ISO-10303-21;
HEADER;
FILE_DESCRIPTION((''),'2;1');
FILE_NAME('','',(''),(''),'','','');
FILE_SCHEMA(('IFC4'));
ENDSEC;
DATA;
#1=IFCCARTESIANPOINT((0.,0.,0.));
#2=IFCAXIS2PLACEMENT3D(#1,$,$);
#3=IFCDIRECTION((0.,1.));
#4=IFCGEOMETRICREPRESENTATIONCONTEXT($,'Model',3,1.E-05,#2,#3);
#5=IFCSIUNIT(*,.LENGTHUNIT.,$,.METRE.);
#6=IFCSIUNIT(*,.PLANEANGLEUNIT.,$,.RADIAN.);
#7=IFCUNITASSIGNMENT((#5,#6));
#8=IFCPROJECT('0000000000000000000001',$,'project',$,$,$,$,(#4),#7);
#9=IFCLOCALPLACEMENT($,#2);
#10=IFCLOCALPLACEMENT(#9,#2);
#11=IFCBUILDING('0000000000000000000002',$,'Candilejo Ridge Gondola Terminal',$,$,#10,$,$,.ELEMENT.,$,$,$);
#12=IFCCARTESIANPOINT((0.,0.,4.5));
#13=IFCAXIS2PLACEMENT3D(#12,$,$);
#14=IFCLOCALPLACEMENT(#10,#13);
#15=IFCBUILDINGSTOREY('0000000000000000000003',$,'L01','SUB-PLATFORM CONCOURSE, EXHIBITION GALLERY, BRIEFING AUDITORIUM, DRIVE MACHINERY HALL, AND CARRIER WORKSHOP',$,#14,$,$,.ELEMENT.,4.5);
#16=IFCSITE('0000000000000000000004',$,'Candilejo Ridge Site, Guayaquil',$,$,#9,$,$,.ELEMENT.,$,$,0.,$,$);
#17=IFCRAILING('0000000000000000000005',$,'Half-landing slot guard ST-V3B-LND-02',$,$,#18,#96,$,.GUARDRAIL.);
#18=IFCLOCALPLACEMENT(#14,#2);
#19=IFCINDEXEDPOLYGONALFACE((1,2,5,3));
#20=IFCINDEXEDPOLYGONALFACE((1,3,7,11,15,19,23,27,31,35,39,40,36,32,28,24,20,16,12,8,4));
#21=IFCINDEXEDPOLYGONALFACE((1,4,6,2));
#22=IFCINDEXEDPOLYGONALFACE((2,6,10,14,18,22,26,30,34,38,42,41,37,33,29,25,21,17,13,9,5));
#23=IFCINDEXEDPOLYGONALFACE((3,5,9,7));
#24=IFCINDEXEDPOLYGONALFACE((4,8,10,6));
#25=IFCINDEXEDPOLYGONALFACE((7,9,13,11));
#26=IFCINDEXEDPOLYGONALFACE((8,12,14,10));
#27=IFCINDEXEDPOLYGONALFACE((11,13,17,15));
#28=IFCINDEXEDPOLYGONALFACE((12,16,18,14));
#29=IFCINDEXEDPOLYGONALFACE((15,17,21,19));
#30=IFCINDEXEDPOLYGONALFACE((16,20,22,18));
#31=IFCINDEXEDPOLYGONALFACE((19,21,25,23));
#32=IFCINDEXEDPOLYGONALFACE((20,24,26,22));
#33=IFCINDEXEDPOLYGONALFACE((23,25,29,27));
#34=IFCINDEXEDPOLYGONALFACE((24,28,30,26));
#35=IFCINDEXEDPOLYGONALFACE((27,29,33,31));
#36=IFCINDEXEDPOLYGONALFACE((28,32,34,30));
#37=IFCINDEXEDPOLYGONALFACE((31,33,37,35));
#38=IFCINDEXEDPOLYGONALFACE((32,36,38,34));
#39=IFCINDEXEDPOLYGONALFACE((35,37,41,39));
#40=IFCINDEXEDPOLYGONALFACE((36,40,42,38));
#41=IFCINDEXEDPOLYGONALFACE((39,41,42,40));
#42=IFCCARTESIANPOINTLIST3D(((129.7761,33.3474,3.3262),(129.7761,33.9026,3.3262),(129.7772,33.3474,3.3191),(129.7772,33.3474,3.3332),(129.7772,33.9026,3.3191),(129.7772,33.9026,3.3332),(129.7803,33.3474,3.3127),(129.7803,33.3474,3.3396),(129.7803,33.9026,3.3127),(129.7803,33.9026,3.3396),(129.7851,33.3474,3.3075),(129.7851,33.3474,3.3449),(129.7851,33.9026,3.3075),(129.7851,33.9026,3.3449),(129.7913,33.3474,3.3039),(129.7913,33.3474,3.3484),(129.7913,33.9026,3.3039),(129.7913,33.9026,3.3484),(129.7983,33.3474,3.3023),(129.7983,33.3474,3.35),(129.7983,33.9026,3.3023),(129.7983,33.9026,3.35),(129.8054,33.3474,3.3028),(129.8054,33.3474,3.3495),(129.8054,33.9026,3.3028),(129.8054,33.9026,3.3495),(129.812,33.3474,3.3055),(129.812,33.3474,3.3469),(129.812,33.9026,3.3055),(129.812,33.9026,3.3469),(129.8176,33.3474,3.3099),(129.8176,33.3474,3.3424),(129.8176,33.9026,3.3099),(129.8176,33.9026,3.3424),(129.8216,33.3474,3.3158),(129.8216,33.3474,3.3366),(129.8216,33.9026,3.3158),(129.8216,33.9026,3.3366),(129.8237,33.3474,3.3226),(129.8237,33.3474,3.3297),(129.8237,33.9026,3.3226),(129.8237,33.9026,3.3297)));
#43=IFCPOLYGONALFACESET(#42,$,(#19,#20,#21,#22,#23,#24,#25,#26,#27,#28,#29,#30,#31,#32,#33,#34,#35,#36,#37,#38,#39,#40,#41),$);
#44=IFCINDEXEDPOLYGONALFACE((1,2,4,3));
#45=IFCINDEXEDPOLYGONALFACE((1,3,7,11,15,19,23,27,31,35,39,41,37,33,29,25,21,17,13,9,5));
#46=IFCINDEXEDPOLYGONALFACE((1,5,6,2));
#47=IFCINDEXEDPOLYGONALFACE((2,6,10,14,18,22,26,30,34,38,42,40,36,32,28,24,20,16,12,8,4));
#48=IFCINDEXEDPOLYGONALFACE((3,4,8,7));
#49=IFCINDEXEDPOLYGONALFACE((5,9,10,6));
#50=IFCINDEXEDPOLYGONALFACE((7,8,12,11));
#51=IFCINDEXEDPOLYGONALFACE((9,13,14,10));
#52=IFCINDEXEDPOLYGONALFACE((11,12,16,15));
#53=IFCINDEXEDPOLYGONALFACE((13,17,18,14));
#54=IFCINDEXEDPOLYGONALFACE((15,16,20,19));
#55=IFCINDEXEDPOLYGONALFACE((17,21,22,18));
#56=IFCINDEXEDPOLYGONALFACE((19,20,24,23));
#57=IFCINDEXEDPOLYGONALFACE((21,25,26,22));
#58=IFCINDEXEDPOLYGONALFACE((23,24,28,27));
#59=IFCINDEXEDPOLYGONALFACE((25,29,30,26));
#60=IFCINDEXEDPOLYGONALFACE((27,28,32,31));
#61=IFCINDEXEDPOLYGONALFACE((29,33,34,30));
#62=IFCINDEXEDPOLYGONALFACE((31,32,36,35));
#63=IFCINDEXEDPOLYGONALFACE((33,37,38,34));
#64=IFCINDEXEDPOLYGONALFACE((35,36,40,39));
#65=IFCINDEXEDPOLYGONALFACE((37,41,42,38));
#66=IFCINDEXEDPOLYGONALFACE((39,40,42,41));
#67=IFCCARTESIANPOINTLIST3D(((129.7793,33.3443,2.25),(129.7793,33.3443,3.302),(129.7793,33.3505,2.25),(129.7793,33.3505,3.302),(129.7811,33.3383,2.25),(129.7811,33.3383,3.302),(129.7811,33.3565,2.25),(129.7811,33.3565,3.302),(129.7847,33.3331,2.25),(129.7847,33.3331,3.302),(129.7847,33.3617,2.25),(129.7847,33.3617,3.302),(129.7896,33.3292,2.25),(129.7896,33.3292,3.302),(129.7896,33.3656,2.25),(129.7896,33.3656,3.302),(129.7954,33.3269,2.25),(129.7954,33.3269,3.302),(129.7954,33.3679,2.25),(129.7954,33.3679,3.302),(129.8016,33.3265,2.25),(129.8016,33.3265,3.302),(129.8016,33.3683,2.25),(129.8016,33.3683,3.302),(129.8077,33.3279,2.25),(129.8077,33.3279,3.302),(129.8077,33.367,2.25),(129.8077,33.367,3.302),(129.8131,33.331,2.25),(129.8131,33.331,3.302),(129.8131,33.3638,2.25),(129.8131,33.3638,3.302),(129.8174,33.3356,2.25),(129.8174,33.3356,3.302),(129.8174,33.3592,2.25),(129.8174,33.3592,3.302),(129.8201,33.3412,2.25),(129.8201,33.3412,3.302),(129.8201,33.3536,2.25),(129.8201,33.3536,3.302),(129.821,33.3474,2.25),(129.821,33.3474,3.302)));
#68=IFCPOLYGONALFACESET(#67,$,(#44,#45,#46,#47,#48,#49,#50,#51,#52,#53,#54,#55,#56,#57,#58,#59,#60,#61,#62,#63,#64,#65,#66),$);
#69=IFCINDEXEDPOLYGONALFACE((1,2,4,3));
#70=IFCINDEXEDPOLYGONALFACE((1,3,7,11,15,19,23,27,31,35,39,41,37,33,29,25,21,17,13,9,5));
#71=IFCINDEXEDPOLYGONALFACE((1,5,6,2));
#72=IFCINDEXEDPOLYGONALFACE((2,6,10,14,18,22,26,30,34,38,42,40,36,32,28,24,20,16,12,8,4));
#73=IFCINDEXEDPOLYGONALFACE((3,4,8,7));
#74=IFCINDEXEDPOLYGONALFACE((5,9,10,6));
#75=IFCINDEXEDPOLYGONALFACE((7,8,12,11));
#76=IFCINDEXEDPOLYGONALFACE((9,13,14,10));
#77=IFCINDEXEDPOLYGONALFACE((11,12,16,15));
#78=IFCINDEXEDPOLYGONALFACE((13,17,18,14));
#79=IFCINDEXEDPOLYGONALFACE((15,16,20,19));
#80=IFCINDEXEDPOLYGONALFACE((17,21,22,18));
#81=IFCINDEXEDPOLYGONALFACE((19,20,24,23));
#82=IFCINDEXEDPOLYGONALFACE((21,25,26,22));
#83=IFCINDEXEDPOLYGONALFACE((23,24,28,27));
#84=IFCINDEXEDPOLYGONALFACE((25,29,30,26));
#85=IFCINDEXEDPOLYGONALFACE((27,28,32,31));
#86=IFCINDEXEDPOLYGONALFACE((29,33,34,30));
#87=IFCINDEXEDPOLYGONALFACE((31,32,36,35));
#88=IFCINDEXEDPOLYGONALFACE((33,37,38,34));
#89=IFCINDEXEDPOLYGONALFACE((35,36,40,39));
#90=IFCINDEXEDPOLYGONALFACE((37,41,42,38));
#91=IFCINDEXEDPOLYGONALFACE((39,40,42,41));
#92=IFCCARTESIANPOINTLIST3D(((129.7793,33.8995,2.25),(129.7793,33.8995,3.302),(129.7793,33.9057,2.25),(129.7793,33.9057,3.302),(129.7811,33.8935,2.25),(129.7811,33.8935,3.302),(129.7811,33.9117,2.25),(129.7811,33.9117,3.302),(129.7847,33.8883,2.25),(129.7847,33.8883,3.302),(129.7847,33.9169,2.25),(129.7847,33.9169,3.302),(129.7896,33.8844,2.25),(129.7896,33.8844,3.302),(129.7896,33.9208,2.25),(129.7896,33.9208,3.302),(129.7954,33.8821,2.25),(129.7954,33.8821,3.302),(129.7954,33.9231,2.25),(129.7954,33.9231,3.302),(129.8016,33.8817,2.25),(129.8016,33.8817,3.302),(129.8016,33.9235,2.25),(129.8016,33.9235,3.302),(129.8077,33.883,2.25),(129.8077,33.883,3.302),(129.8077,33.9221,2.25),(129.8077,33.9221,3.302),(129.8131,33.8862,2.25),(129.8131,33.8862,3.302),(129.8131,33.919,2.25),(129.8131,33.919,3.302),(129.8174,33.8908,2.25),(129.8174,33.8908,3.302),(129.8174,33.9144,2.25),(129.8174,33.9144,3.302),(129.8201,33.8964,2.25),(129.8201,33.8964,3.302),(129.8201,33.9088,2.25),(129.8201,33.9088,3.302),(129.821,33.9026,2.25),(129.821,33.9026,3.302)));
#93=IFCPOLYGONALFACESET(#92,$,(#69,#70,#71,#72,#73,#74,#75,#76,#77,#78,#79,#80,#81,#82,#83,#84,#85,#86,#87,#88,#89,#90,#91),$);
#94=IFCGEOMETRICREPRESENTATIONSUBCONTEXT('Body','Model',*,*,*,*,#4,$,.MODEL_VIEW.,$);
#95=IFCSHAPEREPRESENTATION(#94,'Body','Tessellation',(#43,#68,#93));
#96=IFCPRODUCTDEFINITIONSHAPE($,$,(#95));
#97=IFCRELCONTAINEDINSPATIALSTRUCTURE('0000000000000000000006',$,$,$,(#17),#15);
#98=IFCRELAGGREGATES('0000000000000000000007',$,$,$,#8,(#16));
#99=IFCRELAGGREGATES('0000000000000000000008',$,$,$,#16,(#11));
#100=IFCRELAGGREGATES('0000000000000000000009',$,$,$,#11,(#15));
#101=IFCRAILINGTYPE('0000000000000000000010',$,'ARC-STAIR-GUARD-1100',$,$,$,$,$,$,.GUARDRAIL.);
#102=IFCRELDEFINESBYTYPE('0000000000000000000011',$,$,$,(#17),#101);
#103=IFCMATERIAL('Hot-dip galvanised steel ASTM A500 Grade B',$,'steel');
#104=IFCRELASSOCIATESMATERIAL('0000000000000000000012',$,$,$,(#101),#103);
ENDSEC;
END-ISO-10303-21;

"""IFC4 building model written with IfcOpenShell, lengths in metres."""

from ifc_helpers import new_model, si_unit, direction, frame, origin, origin_2d, place, context, subcontext, project, spatial, circle, extrude, material, type_object, element, save


model = new_model("IFC4")

# Units and contexts
model_context = context("Model", 3, precision=1e-05, world=origin(), true_north=direction((0.0, 1.0)))
body_context = subcontext(model_context, "Body", "Model", "MODEL_VIEW")
ifc_project = project(units=[si_unit("LENGTHUNIT", "METRE"), si_unit("PLANEANGLEUNIT", "RADIAN")], contexts=[model_context])

# Site, building, storey
site_placement = place(None, origin())
site = spatial("IfcSite", under=ifc_project, at=site_placement, Name="Candilejo Ridge Site, Guayaquil", CompositionType="ELEMENT", RefElevation=0.0)
building_placement = place(site_placement, origin())
building = spatial("IfcBuilding", under=site, at=building_placement, Name="Candilejo Ridge Gondola Terminal", CompositionType="ELEMENT")
storey_placement = place(building_placement, frame((0.0, 0.0, 4.5)))
storey = spatial("IfcBuildingStorey", under=building, at=storey_placement, Name="L01", Description="SUB-PLATFORM CONCOURSE, EXHIBITION GALLERY, BRIEFING AUDITORIUM, DRIVE MACHINERY HALL, AND CARRIER WORKSHOP", CompositionType="ELEMENT", Elevation=4.5)

# Railing
ifc_material_1 = material(Name="Hot-dip galvanised steel ASTM A500 Grade B", Category="steel")
railing_type_1 = type_object("IfcRailingType", Name="ARC-STAIR-GUARD-1100", PredefinedType="GUARDRAIL", material=ifc_material_1)
railing_1_placement = place(storey_placement, frame((129.8, 33.3474, 2.25)))
element("IfcRailing", 1, at=railing_1_placement, inside=storey, type_object=railing_type_1, Name="Half-landing slot guard ST-V3B-LND-02", PredefinedType="GUARDRAIL", context=body_context, shape_type="SweptSolid", body=[
    extrude(circle(Radius=0.0239, at=origin_2d()), frame((0.0, 0.0, 1.0762), z_axis=(0.0, 1.0, 0.0), x_axis=(-1.0, 0.0, 0.0)), (0.0, 0.0, 1.0), 0.5552),
    extrude(circle(Radius=0.021, at=origin_2d()), origin(), (0.0, 0.0, 1.0), 1.052),
    extrude(circle(Radius=0.021, at=origin_2d()), frame((0.0, 0.5552, 0.0)), (0.0, 0.0, 1.0), 1.052),
])

save(model, "model.ifc")
